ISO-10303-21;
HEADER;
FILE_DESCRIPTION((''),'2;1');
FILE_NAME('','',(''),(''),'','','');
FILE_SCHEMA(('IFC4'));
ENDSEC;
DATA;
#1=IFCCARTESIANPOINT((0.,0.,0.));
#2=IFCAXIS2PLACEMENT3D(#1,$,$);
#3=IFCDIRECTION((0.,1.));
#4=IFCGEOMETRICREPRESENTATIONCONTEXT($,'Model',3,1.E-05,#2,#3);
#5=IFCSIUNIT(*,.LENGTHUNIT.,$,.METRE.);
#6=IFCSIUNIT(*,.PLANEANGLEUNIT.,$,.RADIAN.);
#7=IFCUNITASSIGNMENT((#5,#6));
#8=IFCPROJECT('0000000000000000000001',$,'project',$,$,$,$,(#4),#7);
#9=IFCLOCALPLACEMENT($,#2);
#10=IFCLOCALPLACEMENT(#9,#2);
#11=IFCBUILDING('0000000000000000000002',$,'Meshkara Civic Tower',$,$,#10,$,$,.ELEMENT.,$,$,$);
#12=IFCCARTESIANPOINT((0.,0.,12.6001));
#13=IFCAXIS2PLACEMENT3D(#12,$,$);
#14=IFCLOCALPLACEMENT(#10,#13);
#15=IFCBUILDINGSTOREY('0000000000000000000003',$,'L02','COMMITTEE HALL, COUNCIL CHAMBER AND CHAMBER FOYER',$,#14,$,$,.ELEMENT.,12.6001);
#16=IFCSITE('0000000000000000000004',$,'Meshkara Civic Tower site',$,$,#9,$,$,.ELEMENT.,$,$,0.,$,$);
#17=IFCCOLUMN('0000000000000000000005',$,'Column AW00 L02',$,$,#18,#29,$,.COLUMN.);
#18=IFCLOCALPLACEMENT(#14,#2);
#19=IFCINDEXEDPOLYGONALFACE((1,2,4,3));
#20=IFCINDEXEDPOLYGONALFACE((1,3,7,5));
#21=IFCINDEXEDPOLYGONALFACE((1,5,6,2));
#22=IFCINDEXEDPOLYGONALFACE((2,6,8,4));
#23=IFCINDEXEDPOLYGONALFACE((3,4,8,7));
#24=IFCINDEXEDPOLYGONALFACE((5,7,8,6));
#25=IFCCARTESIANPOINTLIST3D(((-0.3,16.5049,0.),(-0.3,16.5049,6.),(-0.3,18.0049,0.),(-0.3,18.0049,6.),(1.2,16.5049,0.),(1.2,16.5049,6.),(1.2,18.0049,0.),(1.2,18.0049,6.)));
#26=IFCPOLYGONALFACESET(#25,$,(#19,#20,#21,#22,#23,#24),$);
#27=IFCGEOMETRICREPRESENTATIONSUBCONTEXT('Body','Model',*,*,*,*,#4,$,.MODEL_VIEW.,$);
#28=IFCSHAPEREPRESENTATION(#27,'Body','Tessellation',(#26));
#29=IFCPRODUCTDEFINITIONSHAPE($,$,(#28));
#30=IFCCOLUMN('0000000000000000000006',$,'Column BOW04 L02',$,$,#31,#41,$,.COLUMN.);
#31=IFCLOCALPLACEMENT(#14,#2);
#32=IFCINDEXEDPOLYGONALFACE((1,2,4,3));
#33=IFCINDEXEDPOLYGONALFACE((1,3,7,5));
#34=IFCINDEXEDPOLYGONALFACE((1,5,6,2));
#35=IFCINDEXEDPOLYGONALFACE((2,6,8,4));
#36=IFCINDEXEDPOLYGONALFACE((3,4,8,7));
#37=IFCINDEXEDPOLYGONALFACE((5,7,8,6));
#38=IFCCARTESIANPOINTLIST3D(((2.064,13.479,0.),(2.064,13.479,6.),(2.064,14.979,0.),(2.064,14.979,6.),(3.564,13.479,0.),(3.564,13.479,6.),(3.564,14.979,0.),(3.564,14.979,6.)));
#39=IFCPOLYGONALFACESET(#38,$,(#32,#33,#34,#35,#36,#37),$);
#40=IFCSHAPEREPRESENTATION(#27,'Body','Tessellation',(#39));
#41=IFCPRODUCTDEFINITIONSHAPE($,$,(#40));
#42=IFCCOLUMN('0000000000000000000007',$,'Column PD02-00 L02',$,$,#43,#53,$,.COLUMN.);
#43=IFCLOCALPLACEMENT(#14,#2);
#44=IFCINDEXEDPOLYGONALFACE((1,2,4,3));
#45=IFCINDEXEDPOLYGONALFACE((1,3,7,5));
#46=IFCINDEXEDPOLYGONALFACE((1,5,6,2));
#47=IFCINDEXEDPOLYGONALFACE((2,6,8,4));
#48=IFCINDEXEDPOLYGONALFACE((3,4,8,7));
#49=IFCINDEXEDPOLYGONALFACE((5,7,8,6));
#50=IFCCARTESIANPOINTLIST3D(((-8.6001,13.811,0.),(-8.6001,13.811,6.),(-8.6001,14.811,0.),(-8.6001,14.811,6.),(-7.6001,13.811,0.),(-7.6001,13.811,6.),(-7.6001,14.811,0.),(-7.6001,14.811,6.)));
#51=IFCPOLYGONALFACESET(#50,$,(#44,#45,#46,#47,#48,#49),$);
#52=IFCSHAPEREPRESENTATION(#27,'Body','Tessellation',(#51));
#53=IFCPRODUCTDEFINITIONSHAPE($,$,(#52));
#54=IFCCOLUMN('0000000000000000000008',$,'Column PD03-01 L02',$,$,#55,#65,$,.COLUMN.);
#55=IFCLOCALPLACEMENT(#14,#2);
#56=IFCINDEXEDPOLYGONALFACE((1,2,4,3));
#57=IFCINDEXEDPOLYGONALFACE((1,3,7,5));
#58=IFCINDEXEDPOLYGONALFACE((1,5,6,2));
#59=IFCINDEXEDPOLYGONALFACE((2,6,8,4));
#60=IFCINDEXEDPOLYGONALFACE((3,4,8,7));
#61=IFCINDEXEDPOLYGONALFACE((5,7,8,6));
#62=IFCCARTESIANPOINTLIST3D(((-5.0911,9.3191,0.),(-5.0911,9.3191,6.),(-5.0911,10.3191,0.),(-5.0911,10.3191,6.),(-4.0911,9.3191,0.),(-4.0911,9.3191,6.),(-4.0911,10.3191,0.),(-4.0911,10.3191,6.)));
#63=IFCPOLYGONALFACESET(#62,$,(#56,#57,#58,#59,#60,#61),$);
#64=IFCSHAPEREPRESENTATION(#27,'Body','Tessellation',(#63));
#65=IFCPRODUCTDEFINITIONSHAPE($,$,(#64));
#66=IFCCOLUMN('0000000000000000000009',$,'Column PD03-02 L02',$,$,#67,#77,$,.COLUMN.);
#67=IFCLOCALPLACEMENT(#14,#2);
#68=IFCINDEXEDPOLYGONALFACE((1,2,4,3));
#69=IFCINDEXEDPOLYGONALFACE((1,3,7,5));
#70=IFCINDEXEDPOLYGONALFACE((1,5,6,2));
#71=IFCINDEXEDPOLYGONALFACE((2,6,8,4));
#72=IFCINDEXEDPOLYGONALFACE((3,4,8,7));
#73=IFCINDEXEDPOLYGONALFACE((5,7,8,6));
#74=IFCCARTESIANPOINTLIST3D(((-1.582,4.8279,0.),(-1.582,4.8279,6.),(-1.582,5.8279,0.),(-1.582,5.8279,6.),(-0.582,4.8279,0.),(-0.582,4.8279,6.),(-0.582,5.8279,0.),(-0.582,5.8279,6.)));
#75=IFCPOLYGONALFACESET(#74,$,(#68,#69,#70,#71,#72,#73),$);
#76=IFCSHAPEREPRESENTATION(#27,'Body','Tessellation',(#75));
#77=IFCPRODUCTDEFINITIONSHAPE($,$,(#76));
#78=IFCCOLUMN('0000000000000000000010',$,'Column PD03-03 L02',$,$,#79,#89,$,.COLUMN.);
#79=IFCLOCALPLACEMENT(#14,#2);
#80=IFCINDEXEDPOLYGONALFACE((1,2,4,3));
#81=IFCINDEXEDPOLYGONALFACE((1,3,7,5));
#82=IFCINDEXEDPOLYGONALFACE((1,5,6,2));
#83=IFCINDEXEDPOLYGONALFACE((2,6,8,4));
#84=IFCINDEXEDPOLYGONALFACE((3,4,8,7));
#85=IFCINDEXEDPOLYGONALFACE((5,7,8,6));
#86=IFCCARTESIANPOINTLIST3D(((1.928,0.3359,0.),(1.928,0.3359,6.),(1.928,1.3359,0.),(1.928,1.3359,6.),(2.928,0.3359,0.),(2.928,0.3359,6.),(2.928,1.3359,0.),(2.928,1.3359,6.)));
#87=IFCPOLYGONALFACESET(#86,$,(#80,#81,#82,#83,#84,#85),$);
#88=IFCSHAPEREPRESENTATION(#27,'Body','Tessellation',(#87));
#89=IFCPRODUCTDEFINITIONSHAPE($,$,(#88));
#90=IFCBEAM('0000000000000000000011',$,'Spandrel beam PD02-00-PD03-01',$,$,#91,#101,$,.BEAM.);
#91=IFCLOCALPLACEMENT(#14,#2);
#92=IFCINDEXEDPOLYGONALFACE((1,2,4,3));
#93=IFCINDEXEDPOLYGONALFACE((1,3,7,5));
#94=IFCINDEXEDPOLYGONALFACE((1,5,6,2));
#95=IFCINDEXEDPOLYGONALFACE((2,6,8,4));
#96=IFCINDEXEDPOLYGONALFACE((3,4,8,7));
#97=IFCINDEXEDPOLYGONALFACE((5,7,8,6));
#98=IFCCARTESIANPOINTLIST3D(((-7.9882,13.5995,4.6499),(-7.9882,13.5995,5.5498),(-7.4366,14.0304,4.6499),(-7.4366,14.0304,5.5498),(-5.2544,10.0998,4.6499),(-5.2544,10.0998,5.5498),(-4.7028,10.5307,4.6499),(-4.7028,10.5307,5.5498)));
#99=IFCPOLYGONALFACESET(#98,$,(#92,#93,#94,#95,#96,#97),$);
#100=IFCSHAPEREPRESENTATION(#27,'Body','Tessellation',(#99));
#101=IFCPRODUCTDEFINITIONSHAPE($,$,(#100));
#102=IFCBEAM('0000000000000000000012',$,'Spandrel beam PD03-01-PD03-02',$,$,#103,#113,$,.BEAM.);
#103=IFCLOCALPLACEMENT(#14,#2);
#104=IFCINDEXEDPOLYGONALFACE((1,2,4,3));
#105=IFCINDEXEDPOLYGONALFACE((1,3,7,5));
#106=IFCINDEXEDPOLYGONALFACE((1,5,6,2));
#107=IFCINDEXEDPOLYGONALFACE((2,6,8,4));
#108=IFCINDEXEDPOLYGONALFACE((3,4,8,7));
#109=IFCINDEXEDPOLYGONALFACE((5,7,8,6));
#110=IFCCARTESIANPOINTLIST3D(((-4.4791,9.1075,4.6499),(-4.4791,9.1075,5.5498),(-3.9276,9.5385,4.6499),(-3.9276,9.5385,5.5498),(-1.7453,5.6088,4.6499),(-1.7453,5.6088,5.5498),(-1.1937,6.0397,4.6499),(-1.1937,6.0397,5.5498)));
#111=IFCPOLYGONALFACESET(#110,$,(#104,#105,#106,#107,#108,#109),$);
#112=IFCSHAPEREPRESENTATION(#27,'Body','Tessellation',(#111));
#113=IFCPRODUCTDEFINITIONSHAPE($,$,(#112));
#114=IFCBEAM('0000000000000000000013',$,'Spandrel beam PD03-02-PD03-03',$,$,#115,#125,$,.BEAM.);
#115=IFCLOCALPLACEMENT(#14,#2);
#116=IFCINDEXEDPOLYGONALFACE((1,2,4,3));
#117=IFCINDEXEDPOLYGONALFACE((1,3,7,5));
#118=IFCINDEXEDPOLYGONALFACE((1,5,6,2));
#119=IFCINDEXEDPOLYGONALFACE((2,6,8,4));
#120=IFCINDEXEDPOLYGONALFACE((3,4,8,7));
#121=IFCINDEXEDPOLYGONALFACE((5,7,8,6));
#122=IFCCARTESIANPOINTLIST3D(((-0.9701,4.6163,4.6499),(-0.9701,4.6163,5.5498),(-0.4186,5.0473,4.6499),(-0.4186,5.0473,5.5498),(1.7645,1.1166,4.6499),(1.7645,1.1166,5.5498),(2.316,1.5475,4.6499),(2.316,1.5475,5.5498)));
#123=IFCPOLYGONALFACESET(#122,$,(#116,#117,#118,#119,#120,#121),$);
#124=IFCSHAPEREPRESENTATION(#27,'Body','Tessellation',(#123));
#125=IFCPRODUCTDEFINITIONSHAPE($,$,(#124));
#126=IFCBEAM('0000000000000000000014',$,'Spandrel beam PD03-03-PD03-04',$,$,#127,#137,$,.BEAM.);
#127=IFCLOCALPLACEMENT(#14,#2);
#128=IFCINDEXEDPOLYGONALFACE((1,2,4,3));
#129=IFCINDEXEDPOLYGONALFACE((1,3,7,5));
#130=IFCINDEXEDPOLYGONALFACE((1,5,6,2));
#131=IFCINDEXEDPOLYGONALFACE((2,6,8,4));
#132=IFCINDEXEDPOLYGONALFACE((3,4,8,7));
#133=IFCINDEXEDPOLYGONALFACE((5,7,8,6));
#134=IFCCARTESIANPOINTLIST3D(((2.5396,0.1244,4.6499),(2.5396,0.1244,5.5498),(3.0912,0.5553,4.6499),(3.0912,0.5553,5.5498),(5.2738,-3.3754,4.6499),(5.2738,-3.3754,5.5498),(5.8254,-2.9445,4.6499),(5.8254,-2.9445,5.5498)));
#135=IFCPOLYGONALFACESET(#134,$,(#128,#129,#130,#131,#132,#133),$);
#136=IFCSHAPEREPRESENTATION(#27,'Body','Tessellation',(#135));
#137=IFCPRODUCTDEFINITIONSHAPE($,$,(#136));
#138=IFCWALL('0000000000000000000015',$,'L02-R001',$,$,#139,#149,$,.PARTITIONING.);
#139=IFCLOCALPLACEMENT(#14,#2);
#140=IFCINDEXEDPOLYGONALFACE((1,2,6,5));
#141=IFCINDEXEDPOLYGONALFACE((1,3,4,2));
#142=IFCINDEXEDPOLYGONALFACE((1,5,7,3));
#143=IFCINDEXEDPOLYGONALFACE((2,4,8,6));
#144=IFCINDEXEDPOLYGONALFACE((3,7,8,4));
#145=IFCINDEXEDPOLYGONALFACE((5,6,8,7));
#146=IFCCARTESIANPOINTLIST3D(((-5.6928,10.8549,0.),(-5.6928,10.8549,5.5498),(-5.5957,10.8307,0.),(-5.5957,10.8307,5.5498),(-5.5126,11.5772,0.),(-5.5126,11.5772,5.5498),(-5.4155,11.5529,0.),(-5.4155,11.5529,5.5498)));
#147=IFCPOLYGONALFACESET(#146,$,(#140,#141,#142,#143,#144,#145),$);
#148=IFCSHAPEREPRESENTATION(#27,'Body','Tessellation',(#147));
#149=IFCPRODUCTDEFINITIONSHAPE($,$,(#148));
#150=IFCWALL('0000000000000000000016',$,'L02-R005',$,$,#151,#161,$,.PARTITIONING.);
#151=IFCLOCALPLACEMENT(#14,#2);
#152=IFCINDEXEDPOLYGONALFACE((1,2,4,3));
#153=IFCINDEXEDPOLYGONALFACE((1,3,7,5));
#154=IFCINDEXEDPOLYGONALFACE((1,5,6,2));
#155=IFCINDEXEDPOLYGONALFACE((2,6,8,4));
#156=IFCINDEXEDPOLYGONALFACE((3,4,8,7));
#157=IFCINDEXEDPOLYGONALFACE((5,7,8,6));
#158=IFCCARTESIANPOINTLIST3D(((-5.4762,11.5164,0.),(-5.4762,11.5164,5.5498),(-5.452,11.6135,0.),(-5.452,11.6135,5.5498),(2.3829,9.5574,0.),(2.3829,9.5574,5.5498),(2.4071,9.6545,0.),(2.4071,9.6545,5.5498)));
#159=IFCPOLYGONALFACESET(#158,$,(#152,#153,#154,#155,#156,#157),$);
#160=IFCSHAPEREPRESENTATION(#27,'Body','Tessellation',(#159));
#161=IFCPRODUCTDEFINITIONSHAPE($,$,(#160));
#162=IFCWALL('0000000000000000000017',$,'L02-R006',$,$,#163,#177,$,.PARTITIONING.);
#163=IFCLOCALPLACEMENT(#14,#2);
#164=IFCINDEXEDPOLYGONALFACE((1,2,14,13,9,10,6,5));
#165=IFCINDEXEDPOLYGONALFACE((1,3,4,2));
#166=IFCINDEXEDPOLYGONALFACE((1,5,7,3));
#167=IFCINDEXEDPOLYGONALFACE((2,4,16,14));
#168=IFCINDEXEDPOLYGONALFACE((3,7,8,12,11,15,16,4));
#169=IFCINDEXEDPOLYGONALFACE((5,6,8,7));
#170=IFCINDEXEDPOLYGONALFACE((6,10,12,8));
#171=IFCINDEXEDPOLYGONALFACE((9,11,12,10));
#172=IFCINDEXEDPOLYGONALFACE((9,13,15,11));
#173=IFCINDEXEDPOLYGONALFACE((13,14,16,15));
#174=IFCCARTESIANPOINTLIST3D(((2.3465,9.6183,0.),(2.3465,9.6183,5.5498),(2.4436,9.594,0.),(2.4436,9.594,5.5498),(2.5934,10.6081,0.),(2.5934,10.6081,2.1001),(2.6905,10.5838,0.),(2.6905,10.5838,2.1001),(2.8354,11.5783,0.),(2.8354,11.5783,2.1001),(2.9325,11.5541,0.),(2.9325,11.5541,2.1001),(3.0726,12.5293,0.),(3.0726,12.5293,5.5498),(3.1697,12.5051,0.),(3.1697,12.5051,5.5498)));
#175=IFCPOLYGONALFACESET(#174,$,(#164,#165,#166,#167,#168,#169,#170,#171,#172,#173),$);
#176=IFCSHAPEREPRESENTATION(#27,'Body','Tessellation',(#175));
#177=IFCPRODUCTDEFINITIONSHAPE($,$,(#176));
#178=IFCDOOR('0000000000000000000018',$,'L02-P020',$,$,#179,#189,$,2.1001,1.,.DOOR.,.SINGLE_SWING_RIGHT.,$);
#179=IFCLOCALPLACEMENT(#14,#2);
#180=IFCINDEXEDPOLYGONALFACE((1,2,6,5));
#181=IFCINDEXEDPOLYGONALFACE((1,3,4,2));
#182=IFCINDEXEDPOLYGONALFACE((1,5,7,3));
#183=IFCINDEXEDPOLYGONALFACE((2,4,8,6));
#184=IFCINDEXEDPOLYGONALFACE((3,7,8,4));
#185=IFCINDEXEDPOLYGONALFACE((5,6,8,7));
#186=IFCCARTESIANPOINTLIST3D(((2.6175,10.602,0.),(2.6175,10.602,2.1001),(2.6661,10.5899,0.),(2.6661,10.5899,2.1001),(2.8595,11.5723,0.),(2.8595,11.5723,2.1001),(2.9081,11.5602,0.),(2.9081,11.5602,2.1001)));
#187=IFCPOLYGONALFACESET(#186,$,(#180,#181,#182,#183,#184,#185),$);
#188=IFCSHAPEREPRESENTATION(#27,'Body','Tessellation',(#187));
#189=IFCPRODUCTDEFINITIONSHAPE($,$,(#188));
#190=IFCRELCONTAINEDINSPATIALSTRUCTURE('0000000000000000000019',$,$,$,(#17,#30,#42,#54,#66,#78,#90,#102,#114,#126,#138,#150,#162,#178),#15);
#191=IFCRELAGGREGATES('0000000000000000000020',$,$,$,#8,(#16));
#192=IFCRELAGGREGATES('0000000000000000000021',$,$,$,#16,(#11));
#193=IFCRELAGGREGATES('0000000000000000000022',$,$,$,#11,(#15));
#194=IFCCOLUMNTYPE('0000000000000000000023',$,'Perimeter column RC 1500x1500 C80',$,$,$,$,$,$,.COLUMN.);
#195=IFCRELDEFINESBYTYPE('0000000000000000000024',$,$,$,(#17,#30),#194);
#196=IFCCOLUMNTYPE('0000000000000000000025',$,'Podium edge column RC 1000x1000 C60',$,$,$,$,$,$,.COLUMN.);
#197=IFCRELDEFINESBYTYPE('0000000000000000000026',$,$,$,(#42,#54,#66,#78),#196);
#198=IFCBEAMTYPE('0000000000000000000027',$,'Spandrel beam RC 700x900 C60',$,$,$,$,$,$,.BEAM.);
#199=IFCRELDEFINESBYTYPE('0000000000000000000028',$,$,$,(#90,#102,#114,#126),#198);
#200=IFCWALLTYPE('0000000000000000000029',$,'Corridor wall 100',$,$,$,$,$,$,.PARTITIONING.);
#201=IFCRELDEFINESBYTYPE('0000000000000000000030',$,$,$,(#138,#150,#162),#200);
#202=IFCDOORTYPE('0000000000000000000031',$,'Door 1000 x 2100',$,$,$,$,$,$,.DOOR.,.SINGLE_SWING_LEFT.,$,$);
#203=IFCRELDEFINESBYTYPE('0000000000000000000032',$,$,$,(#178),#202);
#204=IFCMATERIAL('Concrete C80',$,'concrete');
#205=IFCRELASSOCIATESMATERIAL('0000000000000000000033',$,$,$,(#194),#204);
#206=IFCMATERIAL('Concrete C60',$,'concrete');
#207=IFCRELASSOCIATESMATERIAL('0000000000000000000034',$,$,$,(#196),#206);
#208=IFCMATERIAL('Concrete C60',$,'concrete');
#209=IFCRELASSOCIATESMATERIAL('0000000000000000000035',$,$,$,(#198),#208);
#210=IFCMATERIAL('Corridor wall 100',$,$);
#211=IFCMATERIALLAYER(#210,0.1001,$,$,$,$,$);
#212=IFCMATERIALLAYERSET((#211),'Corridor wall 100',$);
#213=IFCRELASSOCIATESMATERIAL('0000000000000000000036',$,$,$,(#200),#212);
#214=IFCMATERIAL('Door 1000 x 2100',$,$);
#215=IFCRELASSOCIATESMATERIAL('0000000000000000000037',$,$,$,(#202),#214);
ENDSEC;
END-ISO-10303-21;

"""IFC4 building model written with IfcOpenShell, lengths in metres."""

from ifc_helpers import new_model, si_unit, direction, frame, frame_2d, origin, origin_2d, place, context, subcontext, project, spatial, rectangle, extrude, material, layer, layer_set, material_profile, profile_set, type_object, element, fill, save


model = new_model("IFC4")

# Units and contexts
model_context = context("Model", 3, precision=1e-05, world=origin(), true_north=direction((0.0, 1.0)))
body_context = subcontext(model_context, "Body", "Model", "MODEL_VIEW")
ifc_project = project(units=[si_unit("LENGTHUNIT", "METRE"), si_unit("PLANEANGLEUNIT", "RADIAN")], contexts=[model_context])

# Site, building, storey
site_placement = place(None, origin())
site = spatial("IfcSite", under=ifc_project, at=site_placement, Name="Meshkara Civic Tower site", CompositionType="ELEMENT", RefElevation=0.0)
building_placement = place(site_placement, origin())
building = spatial("IfcBuilding", under=site, at=building_placement, Name="Meshkara Civic Tower", CompositionType="ELEMENT")
storey_placement = place(building_placement, frame((0.0, 0.0, 12.6001)))
storey = spatial("IfcBuildingStorey", under=building, at=storey_placement, Name="L02", Description="COMMITTEE HALL, COUNCIL CHAMBER AND CHAMBER FOYER", CompositionType="ELEMENT", Elevation=12.6001)

# Columns
ifc_material_1 = material(Name="Concrete C80", Category="concrete")
ifc_material_profile_1 = material_profile(ifc_material_1, rectangle(XDim=1.5, YDim=1.5, at=origin_2d()))
ifc_profile_set_1 = profile_set([ifc_material_profile_1], Name="Concrete C80")
column_type_1 = type_object("IfcColumnType", Name="Perimeter column RC 1500x1500 C80", PredefinedType="COLUMN", material=ifc_profile_set_1)
for number, where, z_axis, x_axis, name in (
    (1, (0.45, 17.2549, 0.0), (0.0, 0.0, 1.0), (1.0, 0.0, 0.0), "Column AW00 L02"),
    (2, (2.814, 14.229, 0.0), (0.0, 0.0, 1.0), (1.0, 0.0, 0.0), "Column BOW04 L02"),
):
    element("IfcColumn", number, at=place(storey_placement, frame(where, z_axis=z_axis, x_axis=x_axis)), inside=storey, type_object=column_type_1, Name=name, PredefinedType="COLUMN", context=body_context, shape_type="SweptSolid", body=[
        extrude(rectangle(XDim=1.5, YDim=1.5, at=origin_2d()), origin(), (0.0, 0.0, 1.0), 6.0),
    ])
ifc_material_2 = material(Name="Concrete C60", Category="concrete")
ifc_material_profile_2 = material_profile(ifc_material_2, rectangle(XDim=1.0, YDim=1.0, at=origin_2d()))
ifc_profile_set_2 = profile_set([ifc_material_profile_2], Name="Concrete C60")
column_type_2 = type_object("IfcColumnType", Name="Podium edge column RC 1000x1000 C60", PredefinedType="COLUMN", material=ifc_profile_set_2)
for number, where, z_axis, x_axis, name in (
    (3, (-8.1001, 14.311, 0.0), (0.0, 0.0, 1.0), (1.0, 0.0, 0.0), "Column PD02-00 L02"),
    (4, (-4.5911, 9.8191, 0.0), (0.0, 0.0, 1.0), (1.0, 0.0, 0.0), "Column PD03-01 L02"),
    (5, (-1.082, 5.3279, 0.0), (0.0, 0.0, 1.0), (1.0, 0.0, 0.0), "Column PD03-02 L02"),
    (6, (2.428, 0.8359, 0.0), (0.0, 0.0, 1.0), (1.0, 0.0, 0.0), "Column PD03-03 L02"),
):
    element("IfcColumn", number, at=place(storey_placement, frame(where, z_axis=z_axis, x_axis=x_axis)), inside=storey, type_object=column_type_2, Name=name, PredefinedType="COLUMN", context=body_context, shape_type="SweptSolid", body=[
        extrude(rectangle(XDim=1.0, YDim=1.0, at=origin_2d()), origin(), (0.0, 0.0, 1.0), 6.0),
    ])

# Beams
ifc_material_3 = material(Name="Concrete C60", Category="concrete")
ifc_material_profile_3 = material_profile(ifc_material_3, rectangle(XDim=0.7, YDim=0.8999, at=origin_2d()))
ifc_profile_set_3 = profile_set([ifc_material_profile_3], Name="Concrete C60")
beam_type = type_object("IfcBeamType", Name="Spandrel beam RC 700x900 C60", PredefinedType="BEAM", material=ifc_profile_set_3)
beam_1_placement = place(storey_placement, frame((-7.7124, 13.8149, 5.0999), z_axis=(0.615602, -0.788057, 0.0), x_axis=(0.788057, 0.615602, 0.0)))
element("IfcBeam", 7, at=beam_1_placement, inside=storey, type_object=beam_type, Name="Spandrel beam PD02-00-PD03-01", PredefinedType="BEAM", context=body_context, shape_type="SweptSolid", body=[
    extrude(rectangle(XDim=0.7, YDim=0.8999, at=origin_2d()), origin(), (0.0, 0.0, 1.0), 4.4409),
])
beam_2_placement = place(storey_placement, frame((-4.2034, 9.323, 5.0999), z_axis=(0.615709, -0.787974, 0.0), x_axis=(0.787974, 0.615709, 0.0)))
element("IfcBeam", 8, at=beam_2_placement, inside=storey, type_object=beam_type, Name="Spandrel beam PD03-01-PD03-02", PredefinedType="BEAM", context=body_context, shape_type="SweptSolid", body=[
    extrude(rectangle(XDim=0.7, YDim=0.8999, at=origin_2d()), origin(), (0.0, 0.0, 1.0), 4.4402),
])
beam_3_placement = place(storey_placement, frame((-0.6943, 4.8318, 5.0999), z_axis=(0.615705, -0.787977, 0.0), x_axis=(0.787977, 0.615705, 0.0)))
element("IfcBeam", 9, at=beam_3_placement, inside=storey, type_object=beam_type, Name="Spandrel beam PD03-02-PD03-03", PredefinedType="BEAM", context=body_context, shape_type="SweptSolid", body=[
    extrude(rectangle(XDim=0.7, YDim=0.8999, at=origin_2d()), origin(), (0.0, 0.0, 1.0), 4.4414),
])
beam_4_placement = place(storey_placement, frame((2.8154, 0.3398, 5.0999), z_axis=(0.615637, -0.78803, 0.0), x_axis=(0.78803, 0.615637, 0.0)))
element("IfcBeam", 10, at=beam_4_placement, inside=storey, type_object=beam_type, Name="Spandrel beam PD03-03-PD03-04", PredefinedType="BEAM", context=body_context, shape_type="SweptSolid", body=[
    extrude(rectangle(XDim=0.7, YDim=0.8999, at=origin_2d()), origin(), (0.0, 0.0, 1.0), 4.4412),
])

# Walls
ifc_material_4 = material(Name="Corridor wall 100")
ifc_layer_1 = layer(ifc_material_4, 0.1001)
ifc_layer_set_1 = layer_set([ifc_layer_1], Name="Corridor wall 100")
wall_type_1 = type_object("IfcWallType", Name="Corridor wall 100", PredefinedType="PARTITIONING", material=ifc_layer_set_1)
wall_1_placement = place(storey_placement, frame((-5.4641, 11.5649, 0.0), z_axis=(0.0, 0.0, 1.0), x_axis=(-0.242073, -0.970258, 0.0)))
element("IfcWall", 11, at=wall_1_placement, inside=storey, type_object=wall_type_1, Name="L02-R001", PredefinedType="PARTITIONING", context=body_context, shape_type="SweptSolid", body=[
    extrude(rectangle(XDim=0.7444, YDim=0.1001, at=frame_2d((0.3721, 0.0))), origin(), (0.0, 0.0, 1.0), 5.5498),
])
wall_2_placement = place(storey_placement, frame((2.395, 9.606, 0.0), z_axis=(0.0, 0.0, 1.0), x_axis=(-0.970311, 0.241862, 0.0)))
element("IfcWall", 12, at=wall_2_placement, inside=storey, type_object=wall_type_1, Name="L02-R005", PredefinedType="PARTITIONING", context=body_context, shape_type="SweptSolid", body=[
    extrude(rectangle(XDim=8.0996, YDim=0.1001, at=frame_2d((4.0498, 0.0))), origin(), (0.0, 0.0, 1.0), 5.5498),
])

# Wall, opening, door
wall_3_placement = place(storey_placement, frame((3.1211, 12.5171, 0.0), z_axis=(0.0, 0.0, 1.0), x_axis=(-0.241999, -0.970276, 0.0)))
wall_3 = element("IfcWall", 13, at=wall_3_placement, inside=storey, type_object=wall_type_1, Name="L02-R006", PredefinedType="PARTITIONING", context=body_context, shape_type="SweptSolid", body=[
    extrude(rectangle(XDim=3.0002, YDim=0.1001, at=frame_2d((1.5, 0.0))), origin(), (0.0, 0.0, 1.0), 5.5498),
])
opening_1_placement = place(wall_3_placement, frame((0.98, 0.0, 0.0)))
opening_1 = element("IfcOpeningElement", 14, at=opening_1_placement, cuts=wall_3, PredefinedType="OPENING", context=body_context, shape_type="SweptSolid", body=[
    extrude(rectangle(XDim=1.0, YDim=2.1001, at=frame_2d((0.5, 1.05))), frame((0.0, 0.0601, 0.0), z_axis=(0.0, -1.0, 0.0), x_axis=(1.0, 0.0, 0.0)), (0.0, 0.0, 1.0), 0.1201),
])
ifc_material_5 = material(Name="Door 1000 x 2100")
door_type = type_object("IfcDoorType", Name="Door 1000 x 2100", OperationType="SINGLE_SWING_LEFT", PredefinedType="DOOR", material=ifc_material_5)
door_placement = place(opening_1_placement, origin())
door = element("IfcDoor", 15, at=door_placement, inside=storey, type_object=door_type, Name="L02-P020", OperationType="SINGLE_SWING_RIGHT", OverallHeight=2.1001, OverallWidth=1.0, PredefinedType="DOOR", context=body_context, shape_type="SweptSolid", body=[
    extrude(rectangle(XDim=1.0, YDim=2.1001, at=frame_2d((0.5, 1.05))), frame((0.0, 0.0249, 0.0), z_axis=(0.0, -1.0, 0.0), x_axis=(1.0, 0.0, 0.0)), (0.0, 0.0, 1.0), 0.05),
])
fill(opening_1, door)

save(model, "model.ifc")
